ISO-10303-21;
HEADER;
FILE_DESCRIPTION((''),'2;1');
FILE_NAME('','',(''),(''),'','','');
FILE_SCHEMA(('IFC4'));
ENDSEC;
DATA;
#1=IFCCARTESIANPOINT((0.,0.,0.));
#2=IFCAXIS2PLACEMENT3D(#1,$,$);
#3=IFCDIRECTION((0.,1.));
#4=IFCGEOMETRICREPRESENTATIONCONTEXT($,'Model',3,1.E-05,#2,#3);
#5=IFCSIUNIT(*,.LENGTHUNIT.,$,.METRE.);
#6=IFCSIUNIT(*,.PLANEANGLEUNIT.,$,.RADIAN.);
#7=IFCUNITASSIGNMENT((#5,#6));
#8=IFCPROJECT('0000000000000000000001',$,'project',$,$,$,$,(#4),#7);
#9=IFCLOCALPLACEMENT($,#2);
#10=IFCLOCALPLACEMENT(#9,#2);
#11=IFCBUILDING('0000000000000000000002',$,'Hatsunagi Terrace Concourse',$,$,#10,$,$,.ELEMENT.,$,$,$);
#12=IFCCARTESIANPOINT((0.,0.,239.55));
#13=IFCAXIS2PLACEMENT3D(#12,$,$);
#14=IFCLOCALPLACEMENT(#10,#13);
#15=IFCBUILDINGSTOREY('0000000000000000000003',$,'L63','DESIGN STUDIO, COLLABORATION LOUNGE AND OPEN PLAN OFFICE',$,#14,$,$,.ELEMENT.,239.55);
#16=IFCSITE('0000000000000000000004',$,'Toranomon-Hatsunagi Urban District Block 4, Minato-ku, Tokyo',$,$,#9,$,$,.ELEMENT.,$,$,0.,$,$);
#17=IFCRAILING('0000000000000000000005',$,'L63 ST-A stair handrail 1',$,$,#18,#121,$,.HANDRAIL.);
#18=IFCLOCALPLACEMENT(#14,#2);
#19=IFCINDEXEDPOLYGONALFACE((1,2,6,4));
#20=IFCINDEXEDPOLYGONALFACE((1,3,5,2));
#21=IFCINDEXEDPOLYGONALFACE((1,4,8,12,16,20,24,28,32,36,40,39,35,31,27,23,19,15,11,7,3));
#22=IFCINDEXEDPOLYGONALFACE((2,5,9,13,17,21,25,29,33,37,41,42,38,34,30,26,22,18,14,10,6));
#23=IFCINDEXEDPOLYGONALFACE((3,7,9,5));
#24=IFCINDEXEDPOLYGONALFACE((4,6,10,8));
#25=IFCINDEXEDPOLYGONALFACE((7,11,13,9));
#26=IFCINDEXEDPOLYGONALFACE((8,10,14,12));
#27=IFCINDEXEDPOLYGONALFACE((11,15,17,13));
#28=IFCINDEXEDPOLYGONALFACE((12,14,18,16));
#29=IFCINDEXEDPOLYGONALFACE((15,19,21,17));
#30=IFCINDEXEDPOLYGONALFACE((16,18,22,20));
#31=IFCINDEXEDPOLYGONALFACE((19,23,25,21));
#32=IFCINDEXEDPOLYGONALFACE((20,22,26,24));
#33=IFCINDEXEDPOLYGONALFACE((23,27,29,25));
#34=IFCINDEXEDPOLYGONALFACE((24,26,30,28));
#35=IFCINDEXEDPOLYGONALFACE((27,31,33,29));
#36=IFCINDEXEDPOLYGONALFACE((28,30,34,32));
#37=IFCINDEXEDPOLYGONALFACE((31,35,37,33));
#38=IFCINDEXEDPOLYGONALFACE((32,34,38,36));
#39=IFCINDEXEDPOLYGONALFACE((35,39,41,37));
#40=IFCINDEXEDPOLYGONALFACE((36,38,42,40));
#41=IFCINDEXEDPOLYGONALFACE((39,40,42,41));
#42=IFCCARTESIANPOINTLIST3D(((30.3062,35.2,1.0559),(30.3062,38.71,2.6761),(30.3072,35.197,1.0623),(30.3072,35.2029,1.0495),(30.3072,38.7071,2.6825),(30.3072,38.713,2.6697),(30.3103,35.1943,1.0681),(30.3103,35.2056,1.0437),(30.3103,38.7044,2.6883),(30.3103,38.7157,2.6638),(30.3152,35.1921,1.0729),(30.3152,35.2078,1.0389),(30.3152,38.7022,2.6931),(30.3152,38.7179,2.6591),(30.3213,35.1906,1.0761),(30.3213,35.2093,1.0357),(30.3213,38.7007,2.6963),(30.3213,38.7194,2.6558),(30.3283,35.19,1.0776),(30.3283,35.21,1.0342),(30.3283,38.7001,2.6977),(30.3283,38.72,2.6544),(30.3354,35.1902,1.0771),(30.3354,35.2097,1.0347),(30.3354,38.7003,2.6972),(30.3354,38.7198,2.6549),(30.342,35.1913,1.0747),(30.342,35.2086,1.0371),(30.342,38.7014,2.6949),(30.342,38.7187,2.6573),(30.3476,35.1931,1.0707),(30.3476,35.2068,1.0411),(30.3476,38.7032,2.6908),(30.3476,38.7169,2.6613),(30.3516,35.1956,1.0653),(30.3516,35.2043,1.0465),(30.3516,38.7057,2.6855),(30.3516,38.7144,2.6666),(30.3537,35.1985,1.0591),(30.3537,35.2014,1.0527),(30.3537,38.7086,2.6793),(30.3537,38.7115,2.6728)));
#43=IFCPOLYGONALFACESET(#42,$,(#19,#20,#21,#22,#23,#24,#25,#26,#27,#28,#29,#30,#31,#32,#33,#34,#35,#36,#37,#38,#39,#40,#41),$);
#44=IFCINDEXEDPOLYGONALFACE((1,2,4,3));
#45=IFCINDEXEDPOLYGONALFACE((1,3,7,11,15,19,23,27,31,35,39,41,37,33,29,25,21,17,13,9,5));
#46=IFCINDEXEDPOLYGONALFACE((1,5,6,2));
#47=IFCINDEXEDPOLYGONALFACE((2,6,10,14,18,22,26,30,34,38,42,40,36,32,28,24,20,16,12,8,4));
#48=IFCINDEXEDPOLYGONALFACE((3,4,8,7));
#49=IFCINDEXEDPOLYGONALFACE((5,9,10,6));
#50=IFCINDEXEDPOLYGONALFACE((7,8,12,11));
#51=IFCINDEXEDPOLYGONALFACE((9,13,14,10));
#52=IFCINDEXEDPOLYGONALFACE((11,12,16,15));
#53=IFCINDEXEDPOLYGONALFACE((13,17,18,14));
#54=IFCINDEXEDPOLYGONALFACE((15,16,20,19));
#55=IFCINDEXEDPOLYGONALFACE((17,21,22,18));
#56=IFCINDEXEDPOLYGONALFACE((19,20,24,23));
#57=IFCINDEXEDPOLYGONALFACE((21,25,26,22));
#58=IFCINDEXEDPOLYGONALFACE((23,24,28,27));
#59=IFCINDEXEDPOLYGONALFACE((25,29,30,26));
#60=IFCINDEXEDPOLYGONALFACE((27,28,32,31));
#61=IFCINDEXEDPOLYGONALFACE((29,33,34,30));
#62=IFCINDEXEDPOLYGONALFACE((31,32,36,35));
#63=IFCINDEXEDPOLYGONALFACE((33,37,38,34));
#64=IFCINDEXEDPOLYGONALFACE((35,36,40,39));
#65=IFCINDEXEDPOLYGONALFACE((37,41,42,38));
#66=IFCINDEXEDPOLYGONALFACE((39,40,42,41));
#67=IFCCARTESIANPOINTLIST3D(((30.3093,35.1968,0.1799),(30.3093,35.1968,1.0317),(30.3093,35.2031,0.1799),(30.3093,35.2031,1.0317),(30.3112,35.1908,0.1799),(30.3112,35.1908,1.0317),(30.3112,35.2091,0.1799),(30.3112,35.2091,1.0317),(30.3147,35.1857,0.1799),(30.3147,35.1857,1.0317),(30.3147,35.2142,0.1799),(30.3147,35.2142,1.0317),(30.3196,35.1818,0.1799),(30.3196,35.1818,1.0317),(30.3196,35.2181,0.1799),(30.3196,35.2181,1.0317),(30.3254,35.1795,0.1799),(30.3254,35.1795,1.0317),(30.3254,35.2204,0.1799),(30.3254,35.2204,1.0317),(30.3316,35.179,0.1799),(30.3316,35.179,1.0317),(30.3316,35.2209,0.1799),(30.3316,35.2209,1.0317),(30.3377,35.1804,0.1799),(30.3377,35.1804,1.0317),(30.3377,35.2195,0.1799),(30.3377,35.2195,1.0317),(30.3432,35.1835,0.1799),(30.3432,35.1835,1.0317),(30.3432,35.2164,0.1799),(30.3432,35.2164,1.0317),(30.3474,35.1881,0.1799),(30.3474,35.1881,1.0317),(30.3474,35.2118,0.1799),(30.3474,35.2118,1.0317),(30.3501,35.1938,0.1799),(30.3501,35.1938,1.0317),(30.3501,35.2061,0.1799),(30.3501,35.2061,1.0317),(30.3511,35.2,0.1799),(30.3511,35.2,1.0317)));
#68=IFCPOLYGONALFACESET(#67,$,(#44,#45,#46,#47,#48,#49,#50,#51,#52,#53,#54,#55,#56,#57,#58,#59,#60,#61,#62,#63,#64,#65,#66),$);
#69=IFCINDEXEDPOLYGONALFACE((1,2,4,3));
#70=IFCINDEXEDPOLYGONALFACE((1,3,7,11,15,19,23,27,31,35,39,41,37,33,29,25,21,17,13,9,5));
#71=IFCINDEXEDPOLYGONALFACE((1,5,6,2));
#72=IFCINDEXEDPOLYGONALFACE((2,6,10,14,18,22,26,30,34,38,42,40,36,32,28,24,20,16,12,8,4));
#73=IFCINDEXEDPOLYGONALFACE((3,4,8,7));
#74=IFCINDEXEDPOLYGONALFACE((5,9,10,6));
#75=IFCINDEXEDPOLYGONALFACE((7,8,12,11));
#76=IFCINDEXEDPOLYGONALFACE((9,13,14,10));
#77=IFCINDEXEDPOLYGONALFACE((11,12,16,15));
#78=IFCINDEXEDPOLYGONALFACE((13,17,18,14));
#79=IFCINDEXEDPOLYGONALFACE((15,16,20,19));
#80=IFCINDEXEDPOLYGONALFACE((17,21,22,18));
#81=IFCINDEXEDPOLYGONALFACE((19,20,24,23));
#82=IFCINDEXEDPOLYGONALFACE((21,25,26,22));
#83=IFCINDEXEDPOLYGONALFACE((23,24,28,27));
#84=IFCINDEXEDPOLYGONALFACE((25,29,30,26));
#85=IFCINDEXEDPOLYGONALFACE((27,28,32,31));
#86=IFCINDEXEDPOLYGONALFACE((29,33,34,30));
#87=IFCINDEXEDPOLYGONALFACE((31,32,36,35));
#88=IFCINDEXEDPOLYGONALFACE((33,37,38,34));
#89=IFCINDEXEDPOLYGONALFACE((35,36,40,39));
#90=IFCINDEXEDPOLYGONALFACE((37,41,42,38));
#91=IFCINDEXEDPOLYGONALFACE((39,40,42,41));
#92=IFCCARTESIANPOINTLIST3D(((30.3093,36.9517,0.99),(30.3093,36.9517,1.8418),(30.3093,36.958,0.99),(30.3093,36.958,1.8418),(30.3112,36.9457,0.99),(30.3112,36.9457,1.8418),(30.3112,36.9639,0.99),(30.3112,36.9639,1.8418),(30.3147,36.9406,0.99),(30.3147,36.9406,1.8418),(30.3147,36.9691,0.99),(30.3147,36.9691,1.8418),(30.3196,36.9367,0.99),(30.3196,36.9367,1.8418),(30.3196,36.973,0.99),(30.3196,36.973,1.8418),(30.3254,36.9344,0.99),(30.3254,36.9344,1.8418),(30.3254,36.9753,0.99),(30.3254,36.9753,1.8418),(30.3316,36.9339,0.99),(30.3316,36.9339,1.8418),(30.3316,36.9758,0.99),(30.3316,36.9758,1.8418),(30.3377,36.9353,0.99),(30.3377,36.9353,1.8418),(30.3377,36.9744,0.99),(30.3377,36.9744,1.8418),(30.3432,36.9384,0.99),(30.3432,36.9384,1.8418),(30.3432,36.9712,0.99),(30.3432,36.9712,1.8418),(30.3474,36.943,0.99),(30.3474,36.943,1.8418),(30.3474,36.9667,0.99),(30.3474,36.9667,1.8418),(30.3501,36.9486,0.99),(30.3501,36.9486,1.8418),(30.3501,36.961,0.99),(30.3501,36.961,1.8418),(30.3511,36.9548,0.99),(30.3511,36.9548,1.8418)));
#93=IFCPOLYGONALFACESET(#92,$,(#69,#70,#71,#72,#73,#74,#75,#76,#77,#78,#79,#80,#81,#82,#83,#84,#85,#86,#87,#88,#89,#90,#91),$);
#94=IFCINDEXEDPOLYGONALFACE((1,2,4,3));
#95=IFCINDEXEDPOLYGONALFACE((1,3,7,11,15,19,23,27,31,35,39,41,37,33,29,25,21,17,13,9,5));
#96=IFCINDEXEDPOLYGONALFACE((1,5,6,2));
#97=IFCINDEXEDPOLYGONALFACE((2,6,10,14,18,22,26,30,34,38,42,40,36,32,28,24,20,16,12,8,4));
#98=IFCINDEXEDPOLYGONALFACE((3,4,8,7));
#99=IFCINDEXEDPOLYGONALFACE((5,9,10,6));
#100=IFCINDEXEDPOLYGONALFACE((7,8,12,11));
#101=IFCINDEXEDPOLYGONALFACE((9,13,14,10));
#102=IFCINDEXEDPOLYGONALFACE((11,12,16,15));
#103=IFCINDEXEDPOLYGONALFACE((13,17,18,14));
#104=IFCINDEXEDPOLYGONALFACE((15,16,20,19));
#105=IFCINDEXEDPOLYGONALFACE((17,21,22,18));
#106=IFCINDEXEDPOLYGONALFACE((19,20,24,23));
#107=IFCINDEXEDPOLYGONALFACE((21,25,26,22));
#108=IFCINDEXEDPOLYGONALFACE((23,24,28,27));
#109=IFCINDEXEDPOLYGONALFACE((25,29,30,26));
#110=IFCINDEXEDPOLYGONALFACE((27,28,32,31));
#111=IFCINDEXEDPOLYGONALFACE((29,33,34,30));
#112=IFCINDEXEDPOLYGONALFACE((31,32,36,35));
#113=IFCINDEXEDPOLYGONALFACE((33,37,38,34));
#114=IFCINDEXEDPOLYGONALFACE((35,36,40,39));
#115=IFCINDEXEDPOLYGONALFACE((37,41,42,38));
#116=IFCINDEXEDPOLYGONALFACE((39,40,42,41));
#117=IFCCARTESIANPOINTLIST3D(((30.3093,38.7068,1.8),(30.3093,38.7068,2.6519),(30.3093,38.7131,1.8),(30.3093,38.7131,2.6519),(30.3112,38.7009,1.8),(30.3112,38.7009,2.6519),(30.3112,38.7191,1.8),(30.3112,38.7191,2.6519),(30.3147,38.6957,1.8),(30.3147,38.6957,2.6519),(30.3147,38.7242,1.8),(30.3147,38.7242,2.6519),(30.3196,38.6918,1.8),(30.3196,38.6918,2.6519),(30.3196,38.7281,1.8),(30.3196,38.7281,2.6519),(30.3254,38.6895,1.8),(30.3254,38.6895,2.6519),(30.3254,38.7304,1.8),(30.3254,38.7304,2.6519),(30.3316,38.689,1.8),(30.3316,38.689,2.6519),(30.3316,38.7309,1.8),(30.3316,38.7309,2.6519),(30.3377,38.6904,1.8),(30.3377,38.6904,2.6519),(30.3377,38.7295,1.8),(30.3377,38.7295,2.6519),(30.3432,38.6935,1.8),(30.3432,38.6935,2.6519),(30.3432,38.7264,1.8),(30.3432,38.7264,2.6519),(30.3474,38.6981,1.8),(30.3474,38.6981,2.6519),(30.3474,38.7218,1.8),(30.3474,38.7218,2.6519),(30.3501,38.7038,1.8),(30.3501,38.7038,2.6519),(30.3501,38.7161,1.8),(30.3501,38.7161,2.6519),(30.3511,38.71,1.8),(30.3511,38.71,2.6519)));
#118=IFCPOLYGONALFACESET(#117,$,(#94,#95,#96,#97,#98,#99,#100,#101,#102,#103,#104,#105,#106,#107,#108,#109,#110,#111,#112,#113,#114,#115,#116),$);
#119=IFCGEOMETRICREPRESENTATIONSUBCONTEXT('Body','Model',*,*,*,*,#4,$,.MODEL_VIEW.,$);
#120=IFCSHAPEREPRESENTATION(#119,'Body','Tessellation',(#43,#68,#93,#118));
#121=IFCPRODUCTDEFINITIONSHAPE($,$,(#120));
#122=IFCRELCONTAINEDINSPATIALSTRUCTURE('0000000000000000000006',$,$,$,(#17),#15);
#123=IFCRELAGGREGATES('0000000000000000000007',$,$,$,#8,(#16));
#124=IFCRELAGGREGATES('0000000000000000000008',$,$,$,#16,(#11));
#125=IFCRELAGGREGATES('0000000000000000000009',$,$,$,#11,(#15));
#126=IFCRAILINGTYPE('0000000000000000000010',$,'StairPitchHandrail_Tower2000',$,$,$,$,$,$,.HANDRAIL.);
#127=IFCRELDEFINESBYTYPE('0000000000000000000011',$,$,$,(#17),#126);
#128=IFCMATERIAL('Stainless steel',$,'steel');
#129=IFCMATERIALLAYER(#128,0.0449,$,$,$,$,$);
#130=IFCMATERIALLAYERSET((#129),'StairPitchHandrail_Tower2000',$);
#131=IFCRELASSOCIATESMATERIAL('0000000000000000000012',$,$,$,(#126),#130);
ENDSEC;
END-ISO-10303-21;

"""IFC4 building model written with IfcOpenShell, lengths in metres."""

from ifc_helpers import new_model, si_unit, direction, frame, origin, origin_2d, place, context, subcontext, project, spatial, circle, extrude, material, layer, layer_set, type_object, element, save


model = new_model("IFC4")

# Units and contexts
model_context = context("Model", 3, precision=1e-05, world=origin(), true_north=direction((0.0, 1.0)))
body_context = subcontext(model_context, "Body", "Model", "MODEL_VIEW")
ifc_project = project(units=[si_unit("LENGTHUNIT", "METRE"), si_unit("PLANEANGLEUNIT", "RADIAN")], contexts=[model_context])

# Site, building, storey
site_placement = place(None, origin())
site = spatial("IfcSite", under=ifc_project, at=site_placement, Name="Toranomon-Hatsunagi Urban District Block 4, Minato-ku, Tokyo", CompositionType="ELEMENT", RefElevation=0.0)
building_placement = place(site_placement, origin())
building = spatial("IfcBuilding", under=site, at=building_placement, Name="Hatsunagi Terrace Concourse", CompositionType="ELEMENT")
storey_placement = place(building_placement, frame((0.0, 0.0, 239.55)))
storey = spatial("IfcBuildingStorey", under=building, at=storey_placement, Name="L63", Description="DESIGN STUDIO, COLLABORATION LOUNGE AND OPEN PLAN OFFICE", CompositionType="ELEMENT", Elevation=239.55)

# Railing
ifc_material_1 = material(Name="Stainless steel", Category="steel")
ifc_layer_1 = layer(ifc_material_1, 0.0449)
ifc_layer_set_1 = layer_set([ifc_layer_1], Name="StairPitchHandrail_Tower2000")
railing_type_1 = type_object("IfcRailingType", Name="StairPitchHandrail_Tower2000", PredefinedType="HANDRAIL", material=ifc_layer_set_1)
railing_1_placement = place(storey_placement, frame((30.3301, 35.2, 0.1799)))
element("IfcRailing", 1, at=railing_1_placement, inside=storey, type_object=railing_type_1, Name="L63 ST-A stair handrail 1", PredefinedType="HANDRAIL", context=body_context, shape_type="SweptSolid", body=[
    extrude(circle(Radius=0.0239, at=origin_2d()), frame((0.0, 0.0, 0.876), z_axis=(0.0, 0.907948, 0.419082), x_axis=(-1.0, 0.0, 0.0)), (0.0, 0.0, 1.0), 3.866),
    extrude(circle(Radius=0.021, at=origin_2d()), origin(), (0.0, 0.0, 1.0), 0.8518),
    extrude(circle(Radius=0.021, at=origin_2d()), frame((0.0, 1.7549, 0.8101)), (0.0, 0.0, 1.0), 0.8518),
    extrude(circle(Radius=0.021, at=origin_2d()), frame((0.0, 3.51, 1.6201)), (0.0, 0.0, 1.0), 0.8518),
])

save(model, "model.ifc")
